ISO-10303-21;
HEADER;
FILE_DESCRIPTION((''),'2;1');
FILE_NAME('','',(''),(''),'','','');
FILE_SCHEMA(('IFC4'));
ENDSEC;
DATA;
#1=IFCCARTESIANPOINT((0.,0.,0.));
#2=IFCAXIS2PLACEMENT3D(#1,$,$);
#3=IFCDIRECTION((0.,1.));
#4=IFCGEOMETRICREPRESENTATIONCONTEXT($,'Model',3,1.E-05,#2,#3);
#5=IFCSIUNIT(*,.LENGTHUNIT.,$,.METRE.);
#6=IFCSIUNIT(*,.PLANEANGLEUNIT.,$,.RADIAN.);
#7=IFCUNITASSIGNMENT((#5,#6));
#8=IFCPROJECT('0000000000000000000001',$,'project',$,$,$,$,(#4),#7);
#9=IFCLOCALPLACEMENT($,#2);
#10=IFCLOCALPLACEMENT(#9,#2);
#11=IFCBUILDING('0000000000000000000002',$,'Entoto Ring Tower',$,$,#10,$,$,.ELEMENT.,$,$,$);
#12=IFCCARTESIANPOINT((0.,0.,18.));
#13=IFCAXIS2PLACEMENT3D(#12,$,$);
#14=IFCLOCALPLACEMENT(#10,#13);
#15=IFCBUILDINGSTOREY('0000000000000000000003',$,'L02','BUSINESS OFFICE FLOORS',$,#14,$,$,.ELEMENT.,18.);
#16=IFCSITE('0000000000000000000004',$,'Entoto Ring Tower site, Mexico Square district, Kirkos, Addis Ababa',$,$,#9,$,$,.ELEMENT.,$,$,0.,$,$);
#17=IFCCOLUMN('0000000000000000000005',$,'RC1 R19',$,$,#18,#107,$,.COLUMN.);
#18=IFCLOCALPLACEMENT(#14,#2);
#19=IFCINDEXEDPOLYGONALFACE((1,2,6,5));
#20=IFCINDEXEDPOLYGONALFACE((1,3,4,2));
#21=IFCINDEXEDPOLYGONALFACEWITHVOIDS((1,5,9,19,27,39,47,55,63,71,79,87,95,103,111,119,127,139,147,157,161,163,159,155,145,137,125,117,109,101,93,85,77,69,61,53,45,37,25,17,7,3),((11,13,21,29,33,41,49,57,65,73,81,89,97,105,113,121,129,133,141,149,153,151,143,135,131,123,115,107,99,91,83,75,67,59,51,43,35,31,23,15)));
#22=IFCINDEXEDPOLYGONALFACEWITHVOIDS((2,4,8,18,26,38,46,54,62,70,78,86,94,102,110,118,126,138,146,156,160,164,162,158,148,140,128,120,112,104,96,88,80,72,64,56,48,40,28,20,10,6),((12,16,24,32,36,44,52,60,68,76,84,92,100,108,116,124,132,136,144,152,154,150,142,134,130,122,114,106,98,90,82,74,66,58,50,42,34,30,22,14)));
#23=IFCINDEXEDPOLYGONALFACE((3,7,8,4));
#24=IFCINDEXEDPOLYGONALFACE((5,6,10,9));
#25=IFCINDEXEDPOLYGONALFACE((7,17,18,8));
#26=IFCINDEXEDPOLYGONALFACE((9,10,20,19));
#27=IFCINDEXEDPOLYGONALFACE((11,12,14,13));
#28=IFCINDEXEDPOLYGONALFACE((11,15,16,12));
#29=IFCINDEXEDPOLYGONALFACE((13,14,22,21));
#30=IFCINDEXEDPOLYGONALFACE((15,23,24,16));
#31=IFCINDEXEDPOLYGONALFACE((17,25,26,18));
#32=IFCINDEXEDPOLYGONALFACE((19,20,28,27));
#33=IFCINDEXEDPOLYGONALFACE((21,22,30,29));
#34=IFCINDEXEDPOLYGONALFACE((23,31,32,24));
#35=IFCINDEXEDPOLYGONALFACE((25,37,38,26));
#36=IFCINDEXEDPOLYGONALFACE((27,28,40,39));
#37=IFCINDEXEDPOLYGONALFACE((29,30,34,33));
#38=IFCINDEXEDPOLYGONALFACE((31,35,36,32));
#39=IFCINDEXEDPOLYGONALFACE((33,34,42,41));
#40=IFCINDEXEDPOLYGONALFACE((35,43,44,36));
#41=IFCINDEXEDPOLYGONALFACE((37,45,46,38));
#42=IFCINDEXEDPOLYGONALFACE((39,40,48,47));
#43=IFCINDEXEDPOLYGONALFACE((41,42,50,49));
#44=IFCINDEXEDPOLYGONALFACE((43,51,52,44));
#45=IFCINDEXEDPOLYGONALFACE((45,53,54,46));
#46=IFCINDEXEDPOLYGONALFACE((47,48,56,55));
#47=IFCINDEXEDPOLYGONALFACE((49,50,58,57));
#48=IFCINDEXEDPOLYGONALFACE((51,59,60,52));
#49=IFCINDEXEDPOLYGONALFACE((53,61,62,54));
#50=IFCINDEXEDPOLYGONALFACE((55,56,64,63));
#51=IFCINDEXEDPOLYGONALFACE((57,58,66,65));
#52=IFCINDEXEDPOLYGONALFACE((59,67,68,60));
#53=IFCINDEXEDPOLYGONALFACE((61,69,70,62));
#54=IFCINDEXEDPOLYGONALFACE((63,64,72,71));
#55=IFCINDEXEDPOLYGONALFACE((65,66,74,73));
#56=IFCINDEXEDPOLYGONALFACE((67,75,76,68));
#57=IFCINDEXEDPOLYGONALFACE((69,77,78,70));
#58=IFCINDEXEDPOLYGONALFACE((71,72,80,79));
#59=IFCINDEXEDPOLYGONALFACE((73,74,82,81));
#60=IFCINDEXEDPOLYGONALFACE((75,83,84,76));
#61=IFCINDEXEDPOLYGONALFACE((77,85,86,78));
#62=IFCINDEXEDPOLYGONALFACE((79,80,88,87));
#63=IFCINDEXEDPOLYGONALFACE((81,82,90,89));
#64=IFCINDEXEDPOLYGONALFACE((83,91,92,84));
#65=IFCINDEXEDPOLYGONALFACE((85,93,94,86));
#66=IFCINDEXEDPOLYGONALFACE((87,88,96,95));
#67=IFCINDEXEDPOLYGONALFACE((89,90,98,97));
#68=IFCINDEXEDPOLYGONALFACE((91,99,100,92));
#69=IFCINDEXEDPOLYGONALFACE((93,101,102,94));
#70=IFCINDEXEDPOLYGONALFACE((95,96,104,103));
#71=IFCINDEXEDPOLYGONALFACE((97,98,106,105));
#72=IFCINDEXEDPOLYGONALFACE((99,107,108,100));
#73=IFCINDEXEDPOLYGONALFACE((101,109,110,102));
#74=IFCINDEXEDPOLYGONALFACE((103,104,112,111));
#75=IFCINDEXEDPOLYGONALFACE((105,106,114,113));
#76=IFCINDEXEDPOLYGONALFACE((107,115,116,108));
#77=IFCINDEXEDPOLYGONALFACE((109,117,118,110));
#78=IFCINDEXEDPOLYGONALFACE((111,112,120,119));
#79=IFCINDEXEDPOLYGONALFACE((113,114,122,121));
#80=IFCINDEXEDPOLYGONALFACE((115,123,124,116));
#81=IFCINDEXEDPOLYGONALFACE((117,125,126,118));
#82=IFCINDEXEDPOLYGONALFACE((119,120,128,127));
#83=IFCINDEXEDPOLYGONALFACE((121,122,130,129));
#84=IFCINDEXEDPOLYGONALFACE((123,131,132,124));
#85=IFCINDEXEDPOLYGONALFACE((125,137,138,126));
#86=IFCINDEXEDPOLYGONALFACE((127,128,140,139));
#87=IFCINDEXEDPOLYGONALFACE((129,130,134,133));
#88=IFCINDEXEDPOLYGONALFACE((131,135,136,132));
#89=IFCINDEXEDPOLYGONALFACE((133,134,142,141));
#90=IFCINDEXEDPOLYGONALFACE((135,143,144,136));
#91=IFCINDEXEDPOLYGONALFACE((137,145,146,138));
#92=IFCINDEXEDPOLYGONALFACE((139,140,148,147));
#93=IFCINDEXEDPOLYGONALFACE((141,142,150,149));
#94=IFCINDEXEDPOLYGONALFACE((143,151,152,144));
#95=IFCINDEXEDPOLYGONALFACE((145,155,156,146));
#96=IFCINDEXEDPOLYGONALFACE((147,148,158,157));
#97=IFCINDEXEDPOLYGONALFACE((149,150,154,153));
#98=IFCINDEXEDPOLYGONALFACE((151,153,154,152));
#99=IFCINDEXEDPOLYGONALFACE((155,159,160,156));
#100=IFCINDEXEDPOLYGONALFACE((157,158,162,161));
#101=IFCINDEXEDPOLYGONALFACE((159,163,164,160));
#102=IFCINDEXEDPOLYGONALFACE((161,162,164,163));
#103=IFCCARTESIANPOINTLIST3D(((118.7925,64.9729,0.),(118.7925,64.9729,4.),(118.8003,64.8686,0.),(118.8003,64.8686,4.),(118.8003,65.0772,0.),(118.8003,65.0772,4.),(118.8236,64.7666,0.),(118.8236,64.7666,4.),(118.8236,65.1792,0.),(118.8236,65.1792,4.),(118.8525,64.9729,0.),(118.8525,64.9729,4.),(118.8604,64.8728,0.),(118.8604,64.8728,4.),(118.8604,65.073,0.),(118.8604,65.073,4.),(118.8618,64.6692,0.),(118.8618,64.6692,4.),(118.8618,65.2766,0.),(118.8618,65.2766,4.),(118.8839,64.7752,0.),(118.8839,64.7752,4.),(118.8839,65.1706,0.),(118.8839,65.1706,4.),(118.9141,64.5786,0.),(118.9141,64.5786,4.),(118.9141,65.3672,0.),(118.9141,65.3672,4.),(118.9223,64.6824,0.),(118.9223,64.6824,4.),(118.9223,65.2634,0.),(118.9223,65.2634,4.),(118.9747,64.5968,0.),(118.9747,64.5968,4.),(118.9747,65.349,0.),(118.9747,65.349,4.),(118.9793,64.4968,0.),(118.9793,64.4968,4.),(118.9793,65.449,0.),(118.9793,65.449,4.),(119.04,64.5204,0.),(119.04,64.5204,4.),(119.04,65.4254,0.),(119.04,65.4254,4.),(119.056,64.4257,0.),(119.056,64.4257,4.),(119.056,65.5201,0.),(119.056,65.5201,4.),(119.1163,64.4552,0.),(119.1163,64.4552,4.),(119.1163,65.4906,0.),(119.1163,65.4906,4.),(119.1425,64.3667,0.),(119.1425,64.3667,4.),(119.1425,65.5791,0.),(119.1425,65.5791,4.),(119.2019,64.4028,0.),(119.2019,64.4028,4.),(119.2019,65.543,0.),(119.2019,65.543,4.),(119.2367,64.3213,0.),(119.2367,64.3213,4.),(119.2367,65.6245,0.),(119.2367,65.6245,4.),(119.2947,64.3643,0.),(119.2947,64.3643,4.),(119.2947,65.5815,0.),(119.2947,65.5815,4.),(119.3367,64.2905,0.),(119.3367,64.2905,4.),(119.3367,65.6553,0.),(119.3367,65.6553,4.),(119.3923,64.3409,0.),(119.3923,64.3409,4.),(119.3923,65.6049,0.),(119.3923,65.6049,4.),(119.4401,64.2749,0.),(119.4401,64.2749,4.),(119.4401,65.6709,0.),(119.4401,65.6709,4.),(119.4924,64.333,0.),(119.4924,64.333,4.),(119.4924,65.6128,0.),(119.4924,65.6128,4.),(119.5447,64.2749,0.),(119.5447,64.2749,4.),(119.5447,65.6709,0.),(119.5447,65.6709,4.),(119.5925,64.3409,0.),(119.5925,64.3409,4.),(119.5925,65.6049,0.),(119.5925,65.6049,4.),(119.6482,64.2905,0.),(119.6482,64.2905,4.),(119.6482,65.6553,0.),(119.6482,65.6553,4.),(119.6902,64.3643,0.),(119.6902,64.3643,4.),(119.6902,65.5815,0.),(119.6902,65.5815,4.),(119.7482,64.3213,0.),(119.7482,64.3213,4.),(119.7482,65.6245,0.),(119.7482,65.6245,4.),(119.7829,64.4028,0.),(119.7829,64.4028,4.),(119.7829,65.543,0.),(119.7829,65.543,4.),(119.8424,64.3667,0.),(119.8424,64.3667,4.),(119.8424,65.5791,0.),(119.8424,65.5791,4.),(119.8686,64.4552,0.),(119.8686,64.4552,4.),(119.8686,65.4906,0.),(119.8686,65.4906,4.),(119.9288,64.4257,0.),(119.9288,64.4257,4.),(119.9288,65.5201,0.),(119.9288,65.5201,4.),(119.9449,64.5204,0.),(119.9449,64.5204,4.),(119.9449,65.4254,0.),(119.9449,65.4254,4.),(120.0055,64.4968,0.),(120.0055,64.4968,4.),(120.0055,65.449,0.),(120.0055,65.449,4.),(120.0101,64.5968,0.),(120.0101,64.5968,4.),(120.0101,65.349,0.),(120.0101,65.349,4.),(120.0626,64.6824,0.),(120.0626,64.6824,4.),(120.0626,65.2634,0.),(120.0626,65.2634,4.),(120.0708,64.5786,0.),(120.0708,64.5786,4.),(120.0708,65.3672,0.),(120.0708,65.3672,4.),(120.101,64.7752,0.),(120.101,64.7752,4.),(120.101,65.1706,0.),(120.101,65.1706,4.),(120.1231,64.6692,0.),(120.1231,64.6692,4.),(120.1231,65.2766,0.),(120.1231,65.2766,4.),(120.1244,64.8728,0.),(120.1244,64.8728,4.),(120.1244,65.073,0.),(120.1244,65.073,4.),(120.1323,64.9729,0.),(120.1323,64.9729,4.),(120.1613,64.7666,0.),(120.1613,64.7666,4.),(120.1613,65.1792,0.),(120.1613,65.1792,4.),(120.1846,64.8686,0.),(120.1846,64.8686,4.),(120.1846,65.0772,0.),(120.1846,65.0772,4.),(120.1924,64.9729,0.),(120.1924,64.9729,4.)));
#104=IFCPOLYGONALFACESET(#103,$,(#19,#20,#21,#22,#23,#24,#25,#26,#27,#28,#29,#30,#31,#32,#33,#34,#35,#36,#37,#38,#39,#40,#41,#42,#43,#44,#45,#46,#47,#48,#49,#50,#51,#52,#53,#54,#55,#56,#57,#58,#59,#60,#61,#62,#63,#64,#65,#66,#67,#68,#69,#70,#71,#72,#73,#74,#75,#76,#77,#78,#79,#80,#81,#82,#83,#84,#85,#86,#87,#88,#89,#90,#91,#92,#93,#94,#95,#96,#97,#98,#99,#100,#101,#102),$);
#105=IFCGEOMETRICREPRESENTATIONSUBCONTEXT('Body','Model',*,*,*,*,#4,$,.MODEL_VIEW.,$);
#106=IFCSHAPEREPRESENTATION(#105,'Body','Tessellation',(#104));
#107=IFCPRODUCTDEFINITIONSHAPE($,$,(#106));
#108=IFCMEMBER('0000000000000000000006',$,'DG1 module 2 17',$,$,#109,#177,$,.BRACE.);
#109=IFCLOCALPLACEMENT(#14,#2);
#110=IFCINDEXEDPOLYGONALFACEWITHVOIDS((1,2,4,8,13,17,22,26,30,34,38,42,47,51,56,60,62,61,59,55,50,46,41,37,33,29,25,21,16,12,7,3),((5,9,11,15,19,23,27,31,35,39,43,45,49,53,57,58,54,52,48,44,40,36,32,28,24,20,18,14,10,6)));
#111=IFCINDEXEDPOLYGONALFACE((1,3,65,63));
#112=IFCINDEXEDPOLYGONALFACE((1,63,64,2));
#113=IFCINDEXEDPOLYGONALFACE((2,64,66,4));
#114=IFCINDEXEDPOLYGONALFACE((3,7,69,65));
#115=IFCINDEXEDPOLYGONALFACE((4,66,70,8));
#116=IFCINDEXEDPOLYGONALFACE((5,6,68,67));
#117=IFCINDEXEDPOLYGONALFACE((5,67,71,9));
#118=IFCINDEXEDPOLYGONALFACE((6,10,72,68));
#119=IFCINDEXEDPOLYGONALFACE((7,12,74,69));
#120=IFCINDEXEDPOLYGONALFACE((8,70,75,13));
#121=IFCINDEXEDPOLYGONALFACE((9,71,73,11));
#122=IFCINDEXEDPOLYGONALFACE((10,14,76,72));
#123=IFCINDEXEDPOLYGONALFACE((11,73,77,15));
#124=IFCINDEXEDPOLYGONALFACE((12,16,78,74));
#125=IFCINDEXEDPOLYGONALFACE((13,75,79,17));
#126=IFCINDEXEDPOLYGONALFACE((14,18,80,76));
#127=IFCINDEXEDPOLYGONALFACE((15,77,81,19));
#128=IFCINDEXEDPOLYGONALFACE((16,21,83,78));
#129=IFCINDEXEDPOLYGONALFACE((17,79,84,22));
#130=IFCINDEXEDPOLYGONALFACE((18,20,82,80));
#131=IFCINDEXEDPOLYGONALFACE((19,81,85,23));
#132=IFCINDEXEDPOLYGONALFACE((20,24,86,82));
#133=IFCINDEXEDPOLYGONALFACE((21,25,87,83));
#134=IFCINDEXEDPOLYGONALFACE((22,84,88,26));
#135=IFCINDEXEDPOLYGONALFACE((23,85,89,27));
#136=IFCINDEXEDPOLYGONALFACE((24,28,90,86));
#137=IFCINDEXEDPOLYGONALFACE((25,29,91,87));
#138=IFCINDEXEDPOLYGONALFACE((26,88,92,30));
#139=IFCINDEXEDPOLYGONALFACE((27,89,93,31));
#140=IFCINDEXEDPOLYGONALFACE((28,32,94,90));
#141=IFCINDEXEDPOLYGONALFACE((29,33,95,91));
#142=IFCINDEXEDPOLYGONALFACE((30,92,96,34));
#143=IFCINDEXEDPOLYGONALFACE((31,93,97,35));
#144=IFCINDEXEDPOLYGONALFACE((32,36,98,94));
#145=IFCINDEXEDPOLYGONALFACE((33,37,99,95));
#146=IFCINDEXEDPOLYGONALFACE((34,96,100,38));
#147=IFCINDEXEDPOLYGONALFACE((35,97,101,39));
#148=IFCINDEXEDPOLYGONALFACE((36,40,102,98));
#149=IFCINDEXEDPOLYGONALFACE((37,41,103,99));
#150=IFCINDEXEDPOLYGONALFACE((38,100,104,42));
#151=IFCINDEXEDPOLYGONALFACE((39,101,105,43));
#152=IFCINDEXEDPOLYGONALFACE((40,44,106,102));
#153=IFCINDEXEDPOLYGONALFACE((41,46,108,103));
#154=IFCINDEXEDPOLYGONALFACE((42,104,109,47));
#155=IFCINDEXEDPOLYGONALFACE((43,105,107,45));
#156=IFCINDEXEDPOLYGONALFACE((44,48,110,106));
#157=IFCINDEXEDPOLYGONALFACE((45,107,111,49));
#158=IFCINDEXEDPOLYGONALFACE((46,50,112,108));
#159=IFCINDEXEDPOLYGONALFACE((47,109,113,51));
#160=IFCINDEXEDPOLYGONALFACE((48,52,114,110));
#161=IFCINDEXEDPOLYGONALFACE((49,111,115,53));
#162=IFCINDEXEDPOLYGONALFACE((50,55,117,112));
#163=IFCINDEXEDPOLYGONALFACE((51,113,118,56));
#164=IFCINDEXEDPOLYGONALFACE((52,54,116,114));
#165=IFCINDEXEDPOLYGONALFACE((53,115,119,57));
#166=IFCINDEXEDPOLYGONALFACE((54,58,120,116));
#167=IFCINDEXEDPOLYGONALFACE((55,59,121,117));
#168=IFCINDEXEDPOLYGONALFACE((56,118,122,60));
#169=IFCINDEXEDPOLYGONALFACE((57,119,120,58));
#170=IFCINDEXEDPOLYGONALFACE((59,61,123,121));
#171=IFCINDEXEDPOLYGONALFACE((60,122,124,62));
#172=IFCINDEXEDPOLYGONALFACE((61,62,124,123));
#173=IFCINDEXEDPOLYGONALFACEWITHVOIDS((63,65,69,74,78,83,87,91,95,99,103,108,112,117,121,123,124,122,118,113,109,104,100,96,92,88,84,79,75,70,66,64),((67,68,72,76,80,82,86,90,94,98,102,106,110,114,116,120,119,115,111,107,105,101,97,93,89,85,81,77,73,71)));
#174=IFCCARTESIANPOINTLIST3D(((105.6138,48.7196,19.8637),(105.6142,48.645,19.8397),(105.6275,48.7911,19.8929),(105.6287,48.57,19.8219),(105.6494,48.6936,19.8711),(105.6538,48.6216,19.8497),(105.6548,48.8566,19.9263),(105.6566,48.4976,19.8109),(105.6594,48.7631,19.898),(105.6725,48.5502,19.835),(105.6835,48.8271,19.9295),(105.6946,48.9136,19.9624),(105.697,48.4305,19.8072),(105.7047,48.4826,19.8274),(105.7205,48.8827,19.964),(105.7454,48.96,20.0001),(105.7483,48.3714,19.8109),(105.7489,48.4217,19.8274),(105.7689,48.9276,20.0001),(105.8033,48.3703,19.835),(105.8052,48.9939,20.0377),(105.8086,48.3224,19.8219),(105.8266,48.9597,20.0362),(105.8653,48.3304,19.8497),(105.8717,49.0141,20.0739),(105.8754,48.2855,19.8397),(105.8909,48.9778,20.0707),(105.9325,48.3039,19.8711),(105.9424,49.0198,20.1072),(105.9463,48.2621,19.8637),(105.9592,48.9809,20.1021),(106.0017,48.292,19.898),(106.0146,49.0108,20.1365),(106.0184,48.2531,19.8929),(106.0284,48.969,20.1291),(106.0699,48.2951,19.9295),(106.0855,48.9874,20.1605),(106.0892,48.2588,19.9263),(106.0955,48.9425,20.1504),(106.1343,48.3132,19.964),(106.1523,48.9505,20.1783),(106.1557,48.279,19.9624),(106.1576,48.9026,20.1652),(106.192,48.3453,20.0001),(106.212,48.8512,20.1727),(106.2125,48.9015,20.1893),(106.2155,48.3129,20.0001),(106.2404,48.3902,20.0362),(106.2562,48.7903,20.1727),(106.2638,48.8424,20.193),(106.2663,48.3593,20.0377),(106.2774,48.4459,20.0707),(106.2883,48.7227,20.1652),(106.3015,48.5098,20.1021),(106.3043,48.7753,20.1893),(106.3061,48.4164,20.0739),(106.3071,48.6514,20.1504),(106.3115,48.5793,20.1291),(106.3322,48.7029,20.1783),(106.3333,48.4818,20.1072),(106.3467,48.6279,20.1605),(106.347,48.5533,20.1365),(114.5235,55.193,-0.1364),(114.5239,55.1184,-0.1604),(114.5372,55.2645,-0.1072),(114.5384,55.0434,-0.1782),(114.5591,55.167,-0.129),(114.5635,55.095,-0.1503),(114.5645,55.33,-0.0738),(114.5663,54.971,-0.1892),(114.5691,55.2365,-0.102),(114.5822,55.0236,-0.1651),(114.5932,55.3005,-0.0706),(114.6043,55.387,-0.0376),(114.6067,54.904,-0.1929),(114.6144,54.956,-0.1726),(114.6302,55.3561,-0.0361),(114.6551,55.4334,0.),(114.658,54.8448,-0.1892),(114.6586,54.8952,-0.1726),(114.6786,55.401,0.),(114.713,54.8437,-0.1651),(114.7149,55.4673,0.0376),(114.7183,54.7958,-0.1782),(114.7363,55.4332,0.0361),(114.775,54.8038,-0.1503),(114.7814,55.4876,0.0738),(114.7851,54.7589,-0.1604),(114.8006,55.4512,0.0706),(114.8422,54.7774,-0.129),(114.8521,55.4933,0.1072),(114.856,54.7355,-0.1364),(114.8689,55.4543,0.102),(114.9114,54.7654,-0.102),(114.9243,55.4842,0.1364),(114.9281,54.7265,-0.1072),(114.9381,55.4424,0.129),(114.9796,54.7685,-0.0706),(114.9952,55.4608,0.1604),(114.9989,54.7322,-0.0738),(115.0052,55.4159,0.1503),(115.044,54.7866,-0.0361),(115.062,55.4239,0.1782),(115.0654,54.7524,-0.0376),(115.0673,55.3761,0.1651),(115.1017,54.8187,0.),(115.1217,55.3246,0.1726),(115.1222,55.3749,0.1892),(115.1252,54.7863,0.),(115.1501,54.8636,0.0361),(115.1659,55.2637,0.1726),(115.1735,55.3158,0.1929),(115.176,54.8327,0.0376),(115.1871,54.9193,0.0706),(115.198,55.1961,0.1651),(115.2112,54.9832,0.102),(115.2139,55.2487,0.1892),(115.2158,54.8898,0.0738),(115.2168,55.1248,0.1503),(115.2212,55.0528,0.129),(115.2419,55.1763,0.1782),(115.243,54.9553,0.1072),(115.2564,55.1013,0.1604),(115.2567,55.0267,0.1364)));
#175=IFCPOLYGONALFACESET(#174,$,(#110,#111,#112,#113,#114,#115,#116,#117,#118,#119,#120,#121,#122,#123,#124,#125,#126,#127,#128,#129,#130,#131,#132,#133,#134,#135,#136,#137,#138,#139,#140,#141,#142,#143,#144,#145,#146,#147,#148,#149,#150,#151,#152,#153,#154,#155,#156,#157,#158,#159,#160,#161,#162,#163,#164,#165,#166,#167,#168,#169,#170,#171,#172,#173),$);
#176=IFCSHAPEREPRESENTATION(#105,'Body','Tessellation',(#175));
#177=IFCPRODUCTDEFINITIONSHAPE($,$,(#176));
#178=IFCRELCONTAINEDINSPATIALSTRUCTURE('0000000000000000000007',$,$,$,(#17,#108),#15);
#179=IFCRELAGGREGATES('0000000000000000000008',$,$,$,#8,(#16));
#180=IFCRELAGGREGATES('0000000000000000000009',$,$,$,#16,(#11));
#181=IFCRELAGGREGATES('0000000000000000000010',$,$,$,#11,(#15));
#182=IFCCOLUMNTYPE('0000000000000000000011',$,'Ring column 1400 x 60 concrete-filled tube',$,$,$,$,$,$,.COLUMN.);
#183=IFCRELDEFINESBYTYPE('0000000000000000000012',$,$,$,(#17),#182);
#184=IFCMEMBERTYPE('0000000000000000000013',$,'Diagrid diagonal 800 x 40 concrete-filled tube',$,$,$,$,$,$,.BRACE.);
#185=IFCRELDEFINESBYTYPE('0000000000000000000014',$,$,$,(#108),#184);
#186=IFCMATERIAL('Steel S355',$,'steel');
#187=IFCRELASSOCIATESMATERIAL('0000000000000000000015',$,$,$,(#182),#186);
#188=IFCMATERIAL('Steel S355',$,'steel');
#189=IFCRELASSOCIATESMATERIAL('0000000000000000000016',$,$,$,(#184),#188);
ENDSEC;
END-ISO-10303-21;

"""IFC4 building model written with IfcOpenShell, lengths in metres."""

from ifc_helpers import new_model, si_unit, direction, frame, origin, origin_2d, place, context, subcontext, project, spatial, circle, hollow_circle, extrude, material, material_profile, profile_set, type_object, element, save


model = new_model("IFC4")

# Units and contexts
model_context = context("Model", 3, precision=1e-05, world=origin(), true_north=direction((0.0, 1.0)))
body_context = subcontext(model_context, "Body", "Model", "MODEL_VIEW")
ifc_project = project(units=[si_unit("LENGTHUNIT", "METRE"), si_unit("PLANEANGLEUNIT", "RADIAN")], contexts=[model_context])

# Site, building, storey
site_placement = place(None, origin())
site = spatial("IfcSite", under=ifc_project, at=site_placement, Name="Entoto Ring Tower site, Mexico Square district, Kirkos, Addis Ababa", CompositionType="ELEMENT", RefElevation=0.0)
building_placement = place(site_placement, origin())
building = spatial("IfcBuilding", under=site, at=building_placement, Name="Entoto Ring Tower", CompositionType="ELEMENT")
storey_placement = place(building_placement, frame((0.0, 0.0, 18.0)))
storey = spatial("IfcBuildingStorey", under=building, at=storey_placement, Name="L02", Description="BUSINESS OFFICE FLOORS", CompositionType="ELEMENT", Elevation=18.0)

# Column
ifc_material_1 = material(Name="Steel S355", Category="steel")
ifc_material_profile_1 = material_profile(ifc_material_1, hollow_circle(Radius=0.7, WallThickness=0.0601, at=origin_2d()), Name="CHS 1400 x 60")
ifc_material_2 = material(Name="Concrete C60/75", Category="concrete")
ifc_material_profile_2 = material_profile(ifc_material_2, circle(Radius=0.6399, at=origin_2d()), Name="Concrete C60/75 infill")
ifc_profile_set_1 = profile_set([ifc_material_profile_1, ifc_material_profile_2], Name="Steel S355")
column_type = type_object("IfcColumnType", Name="Ring column 1400 x 60 concrete-filled tube", PredefinedType="COLUMN", material=ifc_profile_set_1)
for number, where, z_axis, x_axis, name in (
    (1, (119.4924, 64.9729, 0.0), (0.0, 0.0, 1.0), (1.0, 0.0, 0.0), "RC1 R19"),
):
    element("IfcColumn", number, at=place(storey_placement, frame(where, z_axis=z_axis, x_axis=x_axis)), inside=storey, type_object=column_type, Name=name, PredefinedType="COLUMN", context=body_context, shape_type="SweptSolid", body=[
        extrude(hollow_circle(Radius=0.7, WallThickness=0.0601, at=origin_2d()), origin(), (0.0, 0.0, 1.0), 4.0),
    ])

# Member
ifc_material_3 = material(Name="Steel S355", Category="steel")
ifc_material_profile_3 = material_profile(ifc_material_3, hollow_circle(Radius=0.3999, WallThickness=0.04, at=origin_2d()), Name="CHS 800 x 40")
ifc_material_4 = material(Name="Concrete C60/75", Category="concrete")
ifc_material_profile_4 = material_profile(ifc_material_4, circle(Radius=0.3601, at=origin_2d()), Name="Concrete C60/75 infill")
ifc_profile_set_2 = profile_set([ifc_material_profile_3, ifc_material_profile_4], Name="Steel S355")
member_type_1 = type_object("IfcMemberType", Name="Diagrid diagonal 800 x 40 concrete-filled tube", PredefinedType="BRACE", material=ifc_profile_set_2)
for number, where, z_axis, x_axis, name in (
    (2, (114.8901, 55.1099, 0.0), (-0.390232, -0.283526, 0.875975), (0.587793, -0.809011, 0.0), "DG1 module 2 17"),
):
    element("IfcMember", number, at=place(storey_placement, frame(where, z_axis=z_axis, x_axis=x_axis)), inside=storey, type_object=member_type_1, Name=name, PredefinedType="BRACE", context=body_context, shape_type="SweptSolid", body=[
        extrude(hollow_circle(Radius=0.3999, WallThickness=0.04, at=origin_2d()), origin(), (0.0, 0.0, 1.0), 22.8318),
    ])

save(model, "model.ifc")
